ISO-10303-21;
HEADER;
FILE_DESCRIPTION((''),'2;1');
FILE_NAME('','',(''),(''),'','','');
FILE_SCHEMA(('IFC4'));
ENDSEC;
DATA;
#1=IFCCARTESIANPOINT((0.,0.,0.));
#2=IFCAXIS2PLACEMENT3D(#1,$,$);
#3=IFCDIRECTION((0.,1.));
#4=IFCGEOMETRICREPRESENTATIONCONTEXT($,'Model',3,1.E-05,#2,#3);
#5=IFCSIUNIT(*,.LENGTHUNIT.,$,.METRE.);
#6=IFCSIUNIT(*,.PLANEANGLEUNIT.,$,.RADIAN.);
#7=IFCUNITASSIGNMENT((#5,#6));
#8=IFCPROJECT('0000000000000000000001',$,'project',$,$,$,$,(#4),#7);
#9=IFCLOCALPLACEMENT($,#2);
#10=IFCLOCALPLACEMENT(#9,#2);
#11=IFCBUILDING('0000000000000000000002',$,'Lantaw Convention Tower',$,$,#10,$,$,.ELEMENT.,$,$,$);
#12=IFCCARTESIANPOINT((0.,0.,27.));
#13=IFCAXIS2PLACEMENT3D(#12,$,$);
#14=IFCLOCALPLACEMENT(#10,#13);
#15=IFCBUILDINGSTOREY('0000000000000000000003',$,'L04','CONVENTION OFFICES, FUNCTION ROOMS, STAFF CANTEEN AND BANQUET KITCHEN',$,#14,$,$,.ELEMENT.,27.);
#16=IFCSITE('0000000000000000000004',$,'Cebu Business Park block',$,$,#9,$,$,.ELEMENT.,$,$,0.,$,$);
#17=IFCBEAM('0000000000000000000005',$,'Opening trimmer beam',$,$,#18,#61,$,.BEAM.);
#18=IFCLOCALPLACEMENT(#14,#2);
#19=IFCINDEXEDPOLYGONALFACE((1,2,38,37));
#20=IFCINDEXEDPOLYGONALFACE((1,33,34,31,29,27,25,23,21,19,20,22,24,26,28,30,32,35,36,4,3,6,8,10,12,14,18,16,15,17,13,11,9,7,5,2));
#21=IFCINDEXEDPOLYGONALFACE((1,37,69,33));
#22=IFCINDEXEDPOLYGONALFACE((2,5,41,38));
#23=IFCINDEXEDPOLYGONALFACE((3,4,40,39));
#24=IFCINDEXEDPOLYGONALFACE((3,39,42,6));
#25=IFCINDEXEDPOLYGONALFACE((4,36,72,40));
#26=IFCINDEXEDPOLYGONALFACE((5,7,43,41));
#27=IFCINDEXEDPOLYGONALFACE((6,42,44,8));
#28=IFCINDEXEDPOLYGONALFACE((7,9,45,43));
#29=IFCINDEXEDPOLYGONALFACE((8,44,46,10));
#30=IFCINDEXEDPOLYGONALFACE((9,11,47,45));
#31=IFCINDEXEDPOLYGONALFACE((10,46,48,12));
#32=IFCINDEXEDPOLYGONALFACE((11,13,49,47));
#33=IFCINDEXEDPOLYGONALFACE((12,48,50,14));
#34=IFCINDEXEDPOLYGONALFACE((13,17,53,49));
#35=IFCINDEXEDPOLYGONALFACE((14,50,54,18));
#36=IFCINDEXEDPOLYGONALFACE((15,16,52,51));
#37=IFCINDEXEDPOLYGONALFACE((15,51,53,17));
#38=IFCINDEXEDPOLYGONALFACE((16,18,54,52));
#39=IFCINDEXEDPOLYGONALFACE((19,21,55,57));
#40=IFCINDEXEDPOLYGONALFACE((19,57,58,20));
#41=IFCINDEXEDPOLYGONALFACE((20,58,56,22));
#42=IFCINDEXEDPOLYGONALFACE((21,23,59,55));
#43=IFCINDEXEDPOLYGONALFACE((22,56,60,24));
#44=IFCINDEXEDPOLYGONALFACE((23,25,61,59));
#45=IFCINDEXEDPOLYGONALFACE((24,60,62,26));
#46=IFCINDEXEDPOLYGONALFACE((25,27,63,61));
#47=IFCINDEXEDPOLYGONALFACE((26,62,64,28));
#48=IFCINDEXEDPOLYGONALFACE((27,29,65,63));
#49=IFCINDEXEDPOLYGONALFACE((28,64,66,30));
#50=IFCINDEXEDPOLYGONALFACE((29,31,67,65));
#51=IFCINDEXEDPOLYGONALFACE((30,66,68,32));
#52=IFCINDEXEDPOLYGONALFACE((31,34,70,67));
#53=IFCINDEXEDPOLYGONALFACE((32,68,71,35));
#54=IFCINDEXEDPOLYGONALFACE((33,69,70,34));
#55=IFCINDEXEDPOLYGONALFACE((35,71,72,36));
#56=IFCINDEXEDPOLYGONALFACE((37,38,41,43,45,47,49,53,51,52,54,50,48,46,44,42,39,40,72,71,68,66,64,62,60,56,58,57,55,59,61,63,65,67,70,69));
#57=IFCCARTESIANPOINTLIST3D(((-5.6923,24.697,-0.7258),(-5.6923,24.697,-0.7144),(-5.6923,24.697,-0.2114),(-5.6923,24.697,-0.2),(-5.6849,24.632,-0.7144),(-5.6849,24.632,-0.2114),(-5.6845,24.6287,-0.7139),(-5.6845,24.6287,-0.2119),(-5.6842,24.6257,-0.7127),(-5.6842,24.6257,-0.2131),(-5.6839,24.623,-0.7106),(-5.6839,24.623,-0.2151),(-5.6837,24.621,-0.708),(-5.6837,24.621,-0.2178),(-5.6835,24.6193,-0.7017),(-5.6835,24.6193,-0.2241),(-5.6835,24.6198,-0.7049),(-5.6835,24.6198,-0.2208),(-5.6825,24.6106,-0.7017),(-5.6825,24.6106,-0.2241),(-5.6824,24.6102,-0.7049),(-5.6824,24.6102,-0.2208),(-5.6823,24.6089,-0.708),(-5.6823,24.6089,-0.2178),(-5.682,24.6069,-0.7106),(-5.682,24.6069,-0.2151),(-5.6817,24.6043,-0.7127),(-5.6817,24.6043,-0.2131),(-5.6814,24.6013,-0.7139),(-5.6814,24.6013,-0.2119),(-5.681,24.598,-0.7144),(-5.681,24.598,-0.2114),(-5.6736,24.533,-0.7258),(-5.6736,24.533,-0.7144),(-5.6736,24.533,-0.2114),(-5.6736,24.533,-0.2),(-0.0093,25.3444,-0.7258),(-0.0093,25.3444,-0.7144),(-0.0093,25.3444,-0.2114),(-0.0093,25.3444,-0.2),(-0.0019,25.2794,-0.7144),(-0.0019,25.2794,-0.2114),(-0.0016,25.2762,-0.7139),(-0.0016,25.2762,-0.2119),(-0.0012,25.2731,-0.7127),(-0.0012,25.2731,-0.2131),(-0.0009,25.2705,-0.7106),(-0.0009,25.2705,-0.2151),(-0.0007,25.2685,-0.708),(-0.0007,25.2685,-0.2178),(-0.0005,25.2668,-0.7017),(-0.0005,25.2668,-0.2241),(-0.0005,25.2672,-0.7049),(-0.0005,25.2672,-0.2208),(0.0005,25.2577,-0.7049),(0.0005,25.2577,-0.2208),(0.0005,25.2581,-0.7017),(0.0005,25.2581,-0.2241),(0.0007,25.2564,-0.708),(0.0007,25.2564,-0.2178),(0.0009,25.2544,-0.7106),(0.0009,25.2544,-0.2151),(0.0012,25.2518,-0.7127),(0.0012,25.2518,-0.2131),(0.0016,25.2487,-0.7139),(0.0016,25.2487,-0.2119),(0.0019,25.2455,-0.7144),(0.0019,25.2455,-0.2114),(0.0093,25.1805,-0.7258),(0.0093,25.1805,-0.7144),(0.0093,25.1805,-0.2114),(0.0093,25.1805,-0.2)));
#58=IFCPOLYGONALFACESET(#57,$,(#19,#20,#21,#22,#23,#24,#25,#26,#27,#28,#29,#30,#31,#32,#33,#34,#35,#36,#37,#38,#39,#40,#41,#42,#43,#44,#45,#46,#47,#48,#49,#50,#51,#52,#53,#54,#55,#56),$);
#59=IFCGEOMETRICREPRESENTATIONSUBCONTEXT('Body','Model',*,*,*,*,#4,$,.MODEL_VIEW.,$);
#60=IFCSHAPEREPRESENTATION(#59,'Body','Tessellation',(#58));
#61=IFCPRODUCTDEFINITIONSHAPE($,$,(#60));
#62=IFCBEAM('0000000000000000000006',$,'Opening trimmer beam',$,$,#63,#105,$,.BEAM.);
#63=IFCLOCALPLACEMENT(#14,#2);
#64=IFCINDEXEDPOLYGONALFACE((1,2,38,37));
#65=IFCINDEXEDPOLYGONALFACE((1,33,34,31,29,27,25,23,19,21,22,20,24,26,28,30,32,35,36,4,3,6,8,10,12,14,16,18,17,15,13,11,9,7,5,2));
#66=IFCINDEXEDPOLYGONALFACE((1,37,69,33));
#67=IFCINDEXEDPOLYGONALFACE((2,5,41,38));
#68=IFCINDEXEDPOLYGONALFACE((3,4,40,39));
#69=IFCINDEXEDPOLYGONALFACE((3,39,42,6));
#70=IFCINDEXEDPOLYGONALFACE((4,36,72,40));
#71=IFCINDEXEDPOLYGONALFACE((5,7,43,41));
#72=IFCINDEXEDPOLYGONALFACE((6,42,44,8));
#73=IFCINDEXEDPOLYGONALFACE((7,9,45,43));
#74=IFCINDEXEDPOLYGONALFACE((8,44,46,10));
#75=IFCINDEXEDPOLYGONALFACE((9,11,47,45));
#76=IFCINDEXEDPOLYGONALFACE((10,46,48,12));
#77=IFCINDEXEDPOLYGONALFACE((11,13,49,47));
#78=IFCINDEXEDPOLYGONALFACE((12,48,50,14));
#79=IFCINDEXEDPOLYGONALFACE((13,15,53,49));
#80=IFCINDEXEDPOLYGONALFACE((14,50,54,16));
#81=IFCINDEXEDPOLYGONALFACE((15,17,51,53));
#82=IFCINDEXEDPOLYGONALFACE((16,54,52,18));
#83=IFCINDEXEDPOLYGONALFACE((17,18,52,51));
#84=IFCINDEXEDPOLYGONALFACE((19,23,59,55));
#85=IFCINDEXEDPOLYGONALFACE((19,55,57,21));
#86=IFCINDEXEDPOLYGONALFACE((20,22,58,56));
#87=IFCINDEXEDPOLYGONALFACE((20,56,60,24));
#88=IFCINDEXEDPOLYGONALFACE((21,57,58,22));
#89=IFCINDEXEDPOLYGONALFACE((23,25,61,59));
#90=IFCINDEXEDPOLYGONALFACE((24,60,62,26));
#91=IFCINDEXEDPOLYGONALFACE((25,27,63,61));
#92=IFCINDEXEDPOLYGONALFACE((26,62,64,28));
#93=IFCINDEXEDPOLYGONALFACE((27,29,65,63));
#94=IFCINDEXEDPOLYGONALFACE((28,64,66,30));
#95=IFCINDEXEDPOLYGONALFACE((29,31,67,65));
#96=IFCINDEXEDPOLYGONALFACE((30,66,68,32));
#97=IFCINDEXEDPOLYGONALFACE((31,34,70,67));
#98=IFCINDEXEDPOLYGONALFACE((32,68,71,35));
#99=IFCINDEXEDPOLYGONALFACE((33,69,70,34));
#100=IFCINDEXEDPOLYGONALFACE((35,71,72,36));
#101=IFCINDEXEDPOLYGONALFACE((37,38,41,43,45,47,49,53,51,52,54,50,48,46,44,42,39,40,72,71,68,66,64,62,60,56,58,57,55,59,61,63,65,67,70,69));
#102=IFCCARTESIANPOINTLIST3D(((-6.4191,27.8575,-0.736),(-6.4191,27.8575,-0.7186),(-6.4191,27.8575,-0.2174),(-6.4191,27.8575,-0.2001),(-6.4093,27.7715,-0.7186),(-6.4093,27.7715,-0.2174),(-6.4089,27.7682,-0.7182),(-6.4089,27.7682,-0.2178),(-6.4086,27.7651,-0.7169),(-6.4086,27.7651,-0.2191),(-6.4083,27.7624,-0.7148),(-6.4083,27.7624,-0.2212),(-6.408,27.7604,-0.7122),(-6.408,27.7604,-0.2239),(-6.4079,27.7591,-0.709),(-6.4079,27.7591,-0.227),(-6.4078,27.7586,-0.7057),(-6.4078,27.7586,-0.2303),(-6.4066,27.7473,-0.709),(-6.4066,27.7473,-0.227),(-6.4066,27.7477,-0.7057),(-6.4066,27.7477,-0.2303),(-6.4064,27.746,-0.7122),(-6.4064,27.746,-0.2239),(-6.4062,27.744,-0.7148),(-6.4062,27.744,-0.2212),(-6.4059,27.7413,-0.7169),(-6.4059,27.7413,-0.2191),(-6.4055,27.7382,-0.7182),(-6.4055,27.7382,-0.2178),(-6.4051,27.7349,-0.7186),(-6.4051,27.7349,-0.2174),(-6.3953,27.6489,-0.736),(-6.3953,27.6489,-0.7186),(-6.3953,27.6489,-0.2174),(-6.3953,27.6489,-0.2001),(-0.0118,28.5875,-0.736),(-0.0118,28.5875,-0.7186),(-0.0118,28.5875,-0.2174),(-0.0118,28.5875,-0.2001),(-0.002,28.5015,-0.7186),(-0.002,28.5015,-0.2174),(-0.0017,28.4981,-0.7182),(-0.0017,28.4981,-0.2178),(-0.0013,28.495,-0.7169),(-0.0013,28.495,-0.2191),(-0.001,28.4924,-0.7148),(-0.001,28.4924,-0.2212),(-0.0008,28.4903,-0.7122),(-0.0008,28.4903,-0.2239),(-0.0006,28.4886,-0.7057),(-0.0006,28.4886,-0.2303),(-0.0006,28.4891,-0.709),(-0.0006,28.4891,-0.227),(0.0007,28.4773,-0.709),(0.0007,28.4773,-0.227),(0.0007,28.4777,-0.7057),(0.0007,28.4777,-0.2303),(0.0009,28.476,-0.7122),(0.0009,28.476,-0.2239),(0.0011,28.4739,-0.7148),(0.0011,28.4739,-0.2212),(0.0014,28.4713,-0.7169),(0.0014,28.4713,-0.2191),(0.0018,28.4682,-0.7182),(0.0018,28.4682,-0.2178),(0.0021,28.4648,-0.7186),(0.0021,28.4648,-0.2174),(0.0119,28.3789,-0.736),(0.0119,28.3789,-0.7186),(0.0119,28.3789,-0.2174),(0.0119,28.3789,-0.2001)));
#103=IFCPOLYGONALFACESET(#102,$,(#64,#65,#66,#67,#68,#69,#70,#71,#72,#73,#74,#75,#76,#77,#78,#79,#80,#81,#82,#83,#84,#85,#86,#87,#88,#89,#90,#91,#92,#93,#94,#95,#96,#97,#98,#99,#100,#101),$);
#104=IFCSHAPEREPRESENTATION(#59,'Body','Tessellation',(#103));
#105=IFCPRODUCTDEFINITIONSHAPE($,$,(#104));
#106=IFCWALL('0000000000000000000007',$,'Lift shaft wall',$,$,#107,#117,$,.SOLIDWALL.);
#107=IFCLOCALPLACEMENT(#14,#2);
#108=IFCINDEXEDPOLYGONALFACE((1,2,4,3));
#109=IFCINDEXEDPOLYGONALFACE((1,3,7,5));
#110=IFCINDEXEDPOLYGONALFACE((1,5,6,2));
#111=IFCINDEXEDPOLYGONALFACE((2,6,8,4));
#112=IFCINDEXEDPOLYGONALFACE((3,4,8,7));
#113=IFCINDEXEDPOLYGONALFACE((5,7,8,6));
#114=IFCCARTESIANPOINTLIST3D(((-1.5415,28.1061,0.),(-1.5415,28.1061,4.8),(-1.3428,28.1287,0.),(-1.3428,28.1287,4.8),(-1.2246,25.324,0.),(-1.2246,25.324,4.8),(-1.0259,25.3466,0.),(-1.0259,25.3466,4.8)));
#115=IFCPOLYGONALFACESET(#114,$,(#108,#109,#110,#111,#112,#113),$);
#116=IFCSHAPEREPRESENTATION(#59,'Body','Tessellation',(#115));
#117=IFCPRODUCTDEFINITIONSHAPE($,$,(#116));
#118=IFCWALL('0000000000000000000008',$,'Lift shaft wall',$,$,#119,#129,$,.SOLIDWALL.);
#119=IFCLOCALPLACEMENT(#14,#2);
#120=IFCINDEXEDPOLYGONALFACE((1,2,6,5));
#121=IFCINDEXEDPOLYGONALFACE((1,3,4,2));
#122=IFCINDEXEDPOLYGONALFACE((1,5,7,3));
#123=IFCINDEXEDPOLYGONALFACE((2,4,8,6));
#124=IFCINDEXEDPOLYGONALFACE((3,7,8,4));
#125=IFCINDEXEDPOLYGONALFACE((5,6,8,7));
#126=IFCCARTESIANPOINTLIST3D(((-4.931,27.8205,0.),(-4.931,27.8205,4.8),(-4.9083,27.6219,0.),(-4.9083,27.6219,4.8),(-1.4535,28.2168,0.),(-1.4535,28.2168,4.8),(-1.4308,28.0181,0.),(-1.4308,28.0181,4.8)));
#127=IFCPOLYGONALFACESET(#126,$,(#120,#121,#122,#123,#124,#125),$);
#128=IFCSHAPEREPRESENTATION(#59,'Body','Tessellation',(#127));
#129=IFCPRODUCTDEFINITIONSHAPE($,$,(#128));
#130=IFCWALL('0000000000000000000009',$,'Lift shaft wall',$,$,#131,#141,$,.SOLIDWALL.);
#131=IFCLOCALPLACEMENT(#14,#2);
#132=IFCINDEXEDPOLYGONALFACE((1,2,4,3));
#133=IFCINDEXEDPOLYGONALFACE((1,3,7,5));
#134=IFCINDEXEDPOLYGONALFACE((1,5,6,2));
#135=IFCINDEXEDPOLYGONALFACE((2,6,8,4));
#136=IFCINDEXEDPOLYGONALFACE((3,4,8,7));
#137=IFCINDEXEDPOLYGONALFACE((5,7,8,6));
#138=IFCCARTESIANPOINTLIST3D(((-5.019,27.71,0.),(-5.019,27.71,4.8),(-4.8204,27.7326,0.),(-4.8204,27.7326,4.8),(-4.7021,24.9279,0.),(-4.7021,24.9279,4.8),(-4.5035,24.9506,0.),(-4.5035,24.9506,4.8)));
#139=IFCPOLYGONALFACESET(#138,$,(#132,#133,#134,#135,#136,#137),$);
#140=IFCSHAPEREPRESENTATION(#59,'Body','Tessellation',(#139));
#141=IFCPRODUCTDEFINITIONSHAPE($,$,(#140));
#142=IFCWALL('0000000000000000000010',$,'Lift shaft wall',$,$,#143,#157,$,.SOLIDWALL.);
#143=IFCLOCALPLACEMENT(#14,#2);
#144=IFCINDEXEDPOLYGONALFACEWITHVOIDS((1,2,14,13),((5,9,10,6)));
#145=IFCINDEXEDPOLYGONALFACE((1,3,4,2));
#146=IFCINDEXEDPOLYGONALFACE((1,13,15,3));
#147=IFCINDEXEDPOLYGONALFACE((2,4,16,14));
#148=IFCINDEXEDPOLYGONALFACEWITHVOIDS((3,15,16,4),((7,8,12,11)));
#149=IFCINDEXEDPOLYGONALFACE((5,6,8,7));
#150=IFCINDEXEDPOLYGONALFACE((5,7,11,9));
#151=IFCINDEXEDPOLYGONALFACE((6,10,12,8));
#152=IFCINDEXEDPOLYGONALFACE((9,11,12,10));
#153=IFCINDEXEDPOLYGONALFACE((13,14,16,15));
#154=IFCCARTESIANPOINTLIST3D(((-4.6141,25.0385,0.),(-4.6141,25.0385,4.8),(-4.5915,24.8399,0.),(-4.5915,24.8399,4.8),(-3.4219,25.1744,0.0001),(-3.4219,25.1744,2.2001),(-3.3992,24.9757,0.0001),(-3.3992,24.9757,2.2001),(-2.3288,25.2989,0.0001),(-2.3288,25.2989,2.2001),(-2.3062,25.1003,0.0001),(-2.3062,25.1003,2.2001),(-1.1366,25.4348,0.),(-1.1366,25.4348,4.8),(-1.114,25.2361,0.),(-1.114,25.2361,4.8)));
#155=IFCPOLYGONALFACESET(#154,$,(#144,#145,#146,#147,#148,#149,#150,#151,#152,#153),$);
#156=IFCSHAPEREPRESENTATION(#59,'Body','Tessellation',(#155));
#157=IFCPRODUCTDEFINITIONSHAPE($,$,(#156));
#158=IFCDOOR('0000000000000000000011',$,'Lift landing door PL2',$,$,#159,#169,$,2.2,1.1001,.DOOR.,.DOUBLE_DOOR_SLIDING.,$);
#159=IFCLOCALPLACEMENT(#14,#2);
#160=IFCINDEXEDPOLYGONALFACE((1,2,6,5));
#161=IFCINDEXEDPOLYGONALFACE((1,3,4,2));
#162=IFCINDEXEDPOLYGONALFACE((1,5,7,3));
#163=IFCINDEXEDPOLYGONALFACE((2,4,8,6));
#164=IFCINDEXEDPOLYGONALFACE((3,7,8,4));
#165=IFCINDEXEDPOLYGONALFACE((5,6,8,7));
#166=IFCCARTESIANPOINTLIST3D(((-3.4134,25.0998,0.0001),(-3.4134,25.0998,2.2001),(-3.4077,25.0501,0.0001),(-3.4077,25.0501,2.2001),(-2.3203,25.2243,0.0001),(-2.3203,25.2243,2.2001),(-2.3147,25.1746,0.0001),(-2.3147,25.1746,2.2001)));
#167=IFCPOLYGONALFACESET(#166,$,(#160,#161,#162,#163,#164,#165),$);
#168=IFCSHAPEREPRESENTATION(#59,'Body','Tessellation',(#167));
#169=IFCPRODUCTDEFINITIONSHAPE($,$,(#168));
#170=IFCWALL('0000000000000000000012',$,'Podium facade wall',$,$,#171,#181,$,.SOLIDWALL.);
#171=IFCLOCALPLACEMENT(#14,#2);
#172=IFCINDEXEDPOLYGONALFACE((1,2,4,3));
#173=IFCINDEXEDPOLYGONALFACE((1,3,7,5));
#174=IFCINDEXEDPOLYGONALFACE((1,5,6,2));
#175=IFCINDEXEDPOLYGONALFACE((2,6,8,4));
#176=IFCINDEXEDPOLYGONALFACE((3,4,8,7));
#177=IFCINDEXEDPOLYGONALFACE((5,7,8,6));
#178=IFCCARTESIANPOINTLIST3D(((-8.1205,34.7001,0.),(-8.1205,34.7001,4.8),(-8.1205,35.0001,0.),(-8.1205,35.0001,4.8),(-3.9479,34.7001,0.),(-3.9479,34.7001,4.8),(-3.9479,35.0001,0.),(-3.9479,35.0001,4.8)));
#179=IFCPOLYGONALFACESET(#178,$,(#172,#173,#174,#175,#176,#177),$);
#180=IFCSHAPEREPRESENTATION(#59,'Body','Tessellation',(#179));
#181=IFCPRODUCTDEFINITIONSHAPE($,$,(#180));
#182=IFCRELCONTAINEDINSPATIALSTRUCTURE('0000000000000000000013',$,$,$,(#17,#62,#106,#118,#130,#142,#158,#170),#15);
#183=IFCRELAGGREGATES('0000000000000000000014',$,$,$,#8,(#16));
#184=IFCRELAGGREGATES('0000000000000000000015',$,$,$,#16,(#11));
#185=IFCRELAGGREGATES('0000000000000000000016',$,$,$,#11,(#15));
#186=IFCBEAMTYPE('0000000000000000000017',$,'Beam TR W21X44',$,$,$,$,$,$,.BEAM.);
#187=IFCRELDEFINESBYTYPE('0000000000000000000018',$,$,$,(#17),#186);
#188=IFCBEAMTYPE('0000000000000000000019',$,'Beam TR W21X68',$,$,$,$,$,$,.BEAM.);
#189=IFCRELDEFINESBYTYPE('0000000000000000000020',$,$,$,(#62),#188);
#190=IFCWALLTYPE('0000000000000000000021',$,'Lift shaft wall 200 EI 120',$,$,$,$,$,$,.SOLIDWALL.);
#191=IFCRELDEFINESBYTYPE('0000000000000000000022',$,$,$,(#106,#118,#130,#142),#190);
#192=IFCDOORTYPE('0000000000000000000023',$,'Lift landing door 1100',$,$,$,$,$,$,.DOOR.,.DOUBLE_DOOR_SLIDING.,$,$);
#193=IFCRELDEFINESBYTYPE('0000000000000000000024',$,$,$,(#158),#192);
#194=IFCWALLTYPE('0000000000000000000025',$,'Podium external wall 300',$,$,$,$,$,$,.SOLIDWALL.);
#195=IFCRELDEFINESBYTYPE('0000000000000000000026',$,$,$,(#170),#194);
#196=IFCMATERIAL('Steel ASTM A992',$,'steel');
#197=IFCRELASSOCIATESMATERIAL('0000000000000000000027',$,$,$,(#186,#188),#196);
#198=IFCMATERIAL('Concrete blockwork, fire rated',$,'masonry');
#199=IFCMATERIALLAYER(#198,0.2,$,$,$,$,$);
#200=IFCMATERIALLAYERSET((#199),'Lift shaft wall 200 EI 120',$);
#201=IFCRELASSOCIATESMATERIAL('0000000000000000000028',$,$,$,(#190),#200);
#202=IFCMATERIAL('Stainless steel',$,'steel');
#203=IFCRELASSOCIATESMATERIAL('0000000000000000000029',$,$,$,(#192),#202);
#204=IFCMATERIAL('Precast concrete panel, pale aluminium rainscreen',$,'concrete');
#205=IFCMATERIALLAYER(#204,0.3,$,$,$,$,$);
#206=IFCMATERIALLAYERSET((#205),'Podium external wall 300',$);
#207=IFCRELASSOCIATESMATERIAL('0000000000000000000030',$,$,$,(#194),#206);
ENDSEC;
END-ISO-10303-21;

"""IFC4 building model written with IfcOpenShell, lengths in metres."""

from ifc_helpers import new_model, si_unit, direction, frame, frame_2d, origin, origin_2d, place, context, subcontext, project, spatial, rectangle, i_section, extrude, material, layer, layer_set, material_profile, profile_set, type_object, element, fill, save


model = new_model("IFC4")

# Units and contexts
model_context = context("Model", 3, precision=1e-05, world=origin(), true_north=direction((0.0, 1.0)))
body_context = subcontext(model_context, "Body", "Model", "MODEL_VIEW")
ifc_project = project(units=[si_unit("LENGTHUNIT", "METRE"), si_unit("PLANEANGLEUNIT", "RADIAN")], contexts=[model_context])

# Site, building, storey
site_placement = place(None, origin())
site = spatial("IfcSite", under=ifc_project, at=site_placement, Name="Cebu Business Park block", CompositionType="ELEMENT", RefElevation=0.0)
building_placement = place(site_placement, origin())
building = spatial("IfcBuilding", under=site, at=building_placement, Name="Lantaw Convention Tower", CompositionType="ELEMENT")
storey_placement = place(building_placement, frame((0.0, 0.0, 27.0)))
storey = spatial("IfcBuildingStorey", under=building, at=storey_placement, Name="L04", Description="CONVENTION OFFICES, FUNCTION ROOMS, STAFF CANTEEN AND BANQUET KITCHEN", CompositionType="ELEMENT", Elevation=27.0)

# Beams
ifc_material_1 = material(Name="Steel ASTM A992", Category="steel")
ifc_material_profile_1 = material_profile(ifc_material_1, i_section(OverallWidth=0.165, OverallDepth=0.5259, WebThickness=0.0088, FlangeThickness=0.0115, FilletRadius=0.0127, at=origin_2d()), Name="W21X44")
ifc_profile_set_1 = profile_set([ifc_material_profile_1], Name="Steel ASTM A992")
beam_type_1 = type_object("IfcBeamType", Name="Beam TR W21X44", PredefinedType="BEAM", material=ifc_profile_set_1)
beam_1_placement = place(storey_placement, frame((0.0, 25.2625, -0.4629), z_axis=(-0.993572, -0.1132, 0.0), x_axis=(0.1132, -0.993572, 0.0)))
element("IfcBeam", 1, at=beam_1_placement, inside=storey, type_object=beam_type_1, Name="Opening trimmer beam", PredefinedType="BEAM", context=body_context, shape_type="SweptSolid", body=[
    extrude(i_section(OverallWidth=0.165, OverallDepth=0.5259, WebThickness=0.0088, FlangeThickness=0.0115, FilletRadius=0.0127, at=origin_2d()), origin(), (0.0, 0.0, 1.0), 5.7197),
])
ifc_material_profile_2 = material_profile(ifc_material_1, i_section(OverallWidth=0.21, OverallDepth=0.5359, WebThickness=0.011, FlangeThickness=0.0173, FilletRadius=0.0129, at=origin_2d()), Name="W21X68")
ifc_profile_set_2 = profile_set([ifc_material_profile_2], Name="Steel ASTM A992")
beam_type_2 = type_object("IfcBeamType", Name="Beam TR W21X68", PredefinedType="BEAM", material=ifc_profile_set_2)
beam_2_placement = place(storey_placement, frame((-6.4072, 27.7532, -0.468), z_axis=(0.993572, 0.113199, 0.0), x_axis=(-0.113199, 0.993572, 0.0)))
element("IfcBeam", 2, at=beam_2_placement, inside=storey, type_object=beam_type_2, Name="Opening trimmer beam", PredefinedType="BEAM", context=body_context, shape_type="SweptSolid", body=[
    extrude(i_section(OverallWidth=0.21, OverallDepth=0.5359, WebThickness=0.011, FlangeThickness=0.0173, FilletRadius=0.0129, at=origin_2d()), origin(), (0.0, 0.0, 1.0), 6.4487),
])

# Walls
ifc_material_2 = material(Name="Concrete blockwork, fire rated", Category="masonry")
ifc_layer_1 = layer(ifc_material_2, 0.2)
ifc_layer_set_1 = layer_set([ifc_layer_1], Name="Lift shaft wall 200 EI 120")
wall_type_1 = type_object("IfcWallType", Name="Lift shaft wall 200 EI 120", PredefinedType="SOLIDWALL", material=ifc_layer_set_1)
wall_1_placement = place(storey_placement, frame((-1.1252, 25.3354, 0.0), z_axis=(0.0, 0.0, 1.0), x_axis=(-0.113178, 0.993575, 0.0)))
element("IfcWall", 3, at=wall_1_placement, inside=storey, type_object=wall_type_1, Name="Lift shaft wall", PredefinedType="SOLIDWALL", context=body_context, shape_type="SweptSolid", body=[
    extrude(rectangle(XDim=2.8, YDim=0.2, at=frame_2d((1.3999, 0.0))), origin(), (0.0, 0.0, 1.0), 4.8),
])
wall_2_placement = place(storey_placement, frame((-1.4421, 28.1174, 0.0), z_axis=(0.0, 0.0, 1.0), x_axis=(-0.993571, -0.11321, 0.0)))
element("IfcWall", 4, at=wall_2_placement, inside=storey, type_object=wall_type_1, Name="Lift shaft wall", PredefinedType="SOLIDWALL", context=body_context, shape_type="SweptSolid", body=[
    extrude(rectangle(XDim=3.5, YDim=0.2, at=frame_2d((1.75, 0.0))), origin(), (0.0, 0.0, 1.0), 4.8),
])
wall_3_placement = place(storey_placement, frame((-4.9197, 27.7212, 0.0), z_axis=(0.0, 0.0, 1.0), x_axis=(0.113178, -0.993575, 0.0)))
element("IfcWall", 5, at=wall_3_placement, inside=storey, type_object=wall_type_1, Name="Lift shaft wall", PredefinedType="SOLIDWALL", context=body_context, shape_type="SweptSolid", body=[
    extrude(rectangle(XDim=2.8, YDim=0.2, at=frame_2d((1.3999, 0.0))), origin(), (0.0, 0.0, 1.0), 4.8),
])

# Wall, opening, door
wall_4_placement = place(storey_placement, frame((-4.6028, 24.9392, 0.0), z_axis=(0.0, 0.0, 1.0), x_axis=(0.993571, 0.11321, 0.0)))
wall_4 = element("IfcWall", 6, at=wall_4_placement, inside=storey, type_object=wall_type_1, Name="Lift shaft wall", PredefinedType="SOLIDWALL", context=body_context, shape_type="SweptSolid", body=[
    extrude(rectangle(XDim=3.5, YDim=0.2, at=frame_2d((1.75, 0.0))), origin(), (0.0, 0.0, 1.0), 4.8),
])
opening_1_placement = place(wall_4_placement, frame((1.2, 0.0, 0.0)))
opening_1 = element("IfcOpeningElement", 7, at=opening_1_placement, cuts=wall_4, PredefinedType="OPENING", context=body_context, shape_type="SweptSolid", body=[
    extrude(rectangle(XDim=1.1001, YDim=2.2, at=frame_2d((0.55, 1.1001))), frame((0.0, 0.1099, 0.0), z_axis=(0.0, -1.0, 0.0), x_axis=(1.0, 0.0, 0.0)), (0.0, 0.0, 1.0), 0.22),
])
ifc_material_3 = material(Name="Stainless steel", Category="steel")
door_type = type_object("IfcDoorType", Name="Lift landing door 1100", OperationType="DOUBLE_DOOR_SLIDING", PredefinedType="DOOR", material=ifc_material_3)
door_placement = place(opening_1_placement, origin())
door = element("IfcDoor", 8, at=door_placement, inside=storey, type_object=door_type, Name="Lift landing door PL2", OperationType="DOUBLE_DOOR_SLIDING", OverallHeight=2.2, OverallWidth=1.1001, PredefinedType="DOOR", context=body_context, shape_type="SweptSolid", body=[
    extrude(rectangle(XDim=1.1001, YDim=2.2, at=frame_2d((0.55, 1.1001))), frame((0.0, 0.0249, 0.0), z_axis=(0.0, -1.0, 0.0), x_axis=(1.0, 0.0, 0.0)), (0.0, 0.0, 1.0), 0.05),
])
fill(opening_1, door)

# Wall
ifc_material_4 = material(Name="Precast concrete panel, pale aluminium rainscreen", Category="concrete")
ifc_layer_2 = layer(ifc_material_4, 0.3)
ifc_layer_set_2 = layer_set([ifc_layer_2], Name="Podium external wall 300")
wall_type_2 = type_object("IfcWallType", Name="Podium external wall 300", PredefinedType="SOLIDWALL", material=ifc_layer_set_2)
wall_5_placement = place(storey_placement, frame((-3.9478, 34.8501, 0.0), z_axis=(0.0, 0.0, 1.0), x_axis=(-1.0, 0.0, 0.0)))
element("IfcWall", 9, at=wall_5_placement, inside=storey, type_object=wall_type_2, Name="Podium facade wall", PredefinedType="SOLIDWALL", context=body_context, shape_type="SweptSolid", body=[
    extrude(rectangle(XDim=4.1726, YDim=0.3, at=frame_2d((2.0864, 0.0))), origin(), (0.0, 0.0, 1.0), 4.8),
])

save(model, "model.ifc")
